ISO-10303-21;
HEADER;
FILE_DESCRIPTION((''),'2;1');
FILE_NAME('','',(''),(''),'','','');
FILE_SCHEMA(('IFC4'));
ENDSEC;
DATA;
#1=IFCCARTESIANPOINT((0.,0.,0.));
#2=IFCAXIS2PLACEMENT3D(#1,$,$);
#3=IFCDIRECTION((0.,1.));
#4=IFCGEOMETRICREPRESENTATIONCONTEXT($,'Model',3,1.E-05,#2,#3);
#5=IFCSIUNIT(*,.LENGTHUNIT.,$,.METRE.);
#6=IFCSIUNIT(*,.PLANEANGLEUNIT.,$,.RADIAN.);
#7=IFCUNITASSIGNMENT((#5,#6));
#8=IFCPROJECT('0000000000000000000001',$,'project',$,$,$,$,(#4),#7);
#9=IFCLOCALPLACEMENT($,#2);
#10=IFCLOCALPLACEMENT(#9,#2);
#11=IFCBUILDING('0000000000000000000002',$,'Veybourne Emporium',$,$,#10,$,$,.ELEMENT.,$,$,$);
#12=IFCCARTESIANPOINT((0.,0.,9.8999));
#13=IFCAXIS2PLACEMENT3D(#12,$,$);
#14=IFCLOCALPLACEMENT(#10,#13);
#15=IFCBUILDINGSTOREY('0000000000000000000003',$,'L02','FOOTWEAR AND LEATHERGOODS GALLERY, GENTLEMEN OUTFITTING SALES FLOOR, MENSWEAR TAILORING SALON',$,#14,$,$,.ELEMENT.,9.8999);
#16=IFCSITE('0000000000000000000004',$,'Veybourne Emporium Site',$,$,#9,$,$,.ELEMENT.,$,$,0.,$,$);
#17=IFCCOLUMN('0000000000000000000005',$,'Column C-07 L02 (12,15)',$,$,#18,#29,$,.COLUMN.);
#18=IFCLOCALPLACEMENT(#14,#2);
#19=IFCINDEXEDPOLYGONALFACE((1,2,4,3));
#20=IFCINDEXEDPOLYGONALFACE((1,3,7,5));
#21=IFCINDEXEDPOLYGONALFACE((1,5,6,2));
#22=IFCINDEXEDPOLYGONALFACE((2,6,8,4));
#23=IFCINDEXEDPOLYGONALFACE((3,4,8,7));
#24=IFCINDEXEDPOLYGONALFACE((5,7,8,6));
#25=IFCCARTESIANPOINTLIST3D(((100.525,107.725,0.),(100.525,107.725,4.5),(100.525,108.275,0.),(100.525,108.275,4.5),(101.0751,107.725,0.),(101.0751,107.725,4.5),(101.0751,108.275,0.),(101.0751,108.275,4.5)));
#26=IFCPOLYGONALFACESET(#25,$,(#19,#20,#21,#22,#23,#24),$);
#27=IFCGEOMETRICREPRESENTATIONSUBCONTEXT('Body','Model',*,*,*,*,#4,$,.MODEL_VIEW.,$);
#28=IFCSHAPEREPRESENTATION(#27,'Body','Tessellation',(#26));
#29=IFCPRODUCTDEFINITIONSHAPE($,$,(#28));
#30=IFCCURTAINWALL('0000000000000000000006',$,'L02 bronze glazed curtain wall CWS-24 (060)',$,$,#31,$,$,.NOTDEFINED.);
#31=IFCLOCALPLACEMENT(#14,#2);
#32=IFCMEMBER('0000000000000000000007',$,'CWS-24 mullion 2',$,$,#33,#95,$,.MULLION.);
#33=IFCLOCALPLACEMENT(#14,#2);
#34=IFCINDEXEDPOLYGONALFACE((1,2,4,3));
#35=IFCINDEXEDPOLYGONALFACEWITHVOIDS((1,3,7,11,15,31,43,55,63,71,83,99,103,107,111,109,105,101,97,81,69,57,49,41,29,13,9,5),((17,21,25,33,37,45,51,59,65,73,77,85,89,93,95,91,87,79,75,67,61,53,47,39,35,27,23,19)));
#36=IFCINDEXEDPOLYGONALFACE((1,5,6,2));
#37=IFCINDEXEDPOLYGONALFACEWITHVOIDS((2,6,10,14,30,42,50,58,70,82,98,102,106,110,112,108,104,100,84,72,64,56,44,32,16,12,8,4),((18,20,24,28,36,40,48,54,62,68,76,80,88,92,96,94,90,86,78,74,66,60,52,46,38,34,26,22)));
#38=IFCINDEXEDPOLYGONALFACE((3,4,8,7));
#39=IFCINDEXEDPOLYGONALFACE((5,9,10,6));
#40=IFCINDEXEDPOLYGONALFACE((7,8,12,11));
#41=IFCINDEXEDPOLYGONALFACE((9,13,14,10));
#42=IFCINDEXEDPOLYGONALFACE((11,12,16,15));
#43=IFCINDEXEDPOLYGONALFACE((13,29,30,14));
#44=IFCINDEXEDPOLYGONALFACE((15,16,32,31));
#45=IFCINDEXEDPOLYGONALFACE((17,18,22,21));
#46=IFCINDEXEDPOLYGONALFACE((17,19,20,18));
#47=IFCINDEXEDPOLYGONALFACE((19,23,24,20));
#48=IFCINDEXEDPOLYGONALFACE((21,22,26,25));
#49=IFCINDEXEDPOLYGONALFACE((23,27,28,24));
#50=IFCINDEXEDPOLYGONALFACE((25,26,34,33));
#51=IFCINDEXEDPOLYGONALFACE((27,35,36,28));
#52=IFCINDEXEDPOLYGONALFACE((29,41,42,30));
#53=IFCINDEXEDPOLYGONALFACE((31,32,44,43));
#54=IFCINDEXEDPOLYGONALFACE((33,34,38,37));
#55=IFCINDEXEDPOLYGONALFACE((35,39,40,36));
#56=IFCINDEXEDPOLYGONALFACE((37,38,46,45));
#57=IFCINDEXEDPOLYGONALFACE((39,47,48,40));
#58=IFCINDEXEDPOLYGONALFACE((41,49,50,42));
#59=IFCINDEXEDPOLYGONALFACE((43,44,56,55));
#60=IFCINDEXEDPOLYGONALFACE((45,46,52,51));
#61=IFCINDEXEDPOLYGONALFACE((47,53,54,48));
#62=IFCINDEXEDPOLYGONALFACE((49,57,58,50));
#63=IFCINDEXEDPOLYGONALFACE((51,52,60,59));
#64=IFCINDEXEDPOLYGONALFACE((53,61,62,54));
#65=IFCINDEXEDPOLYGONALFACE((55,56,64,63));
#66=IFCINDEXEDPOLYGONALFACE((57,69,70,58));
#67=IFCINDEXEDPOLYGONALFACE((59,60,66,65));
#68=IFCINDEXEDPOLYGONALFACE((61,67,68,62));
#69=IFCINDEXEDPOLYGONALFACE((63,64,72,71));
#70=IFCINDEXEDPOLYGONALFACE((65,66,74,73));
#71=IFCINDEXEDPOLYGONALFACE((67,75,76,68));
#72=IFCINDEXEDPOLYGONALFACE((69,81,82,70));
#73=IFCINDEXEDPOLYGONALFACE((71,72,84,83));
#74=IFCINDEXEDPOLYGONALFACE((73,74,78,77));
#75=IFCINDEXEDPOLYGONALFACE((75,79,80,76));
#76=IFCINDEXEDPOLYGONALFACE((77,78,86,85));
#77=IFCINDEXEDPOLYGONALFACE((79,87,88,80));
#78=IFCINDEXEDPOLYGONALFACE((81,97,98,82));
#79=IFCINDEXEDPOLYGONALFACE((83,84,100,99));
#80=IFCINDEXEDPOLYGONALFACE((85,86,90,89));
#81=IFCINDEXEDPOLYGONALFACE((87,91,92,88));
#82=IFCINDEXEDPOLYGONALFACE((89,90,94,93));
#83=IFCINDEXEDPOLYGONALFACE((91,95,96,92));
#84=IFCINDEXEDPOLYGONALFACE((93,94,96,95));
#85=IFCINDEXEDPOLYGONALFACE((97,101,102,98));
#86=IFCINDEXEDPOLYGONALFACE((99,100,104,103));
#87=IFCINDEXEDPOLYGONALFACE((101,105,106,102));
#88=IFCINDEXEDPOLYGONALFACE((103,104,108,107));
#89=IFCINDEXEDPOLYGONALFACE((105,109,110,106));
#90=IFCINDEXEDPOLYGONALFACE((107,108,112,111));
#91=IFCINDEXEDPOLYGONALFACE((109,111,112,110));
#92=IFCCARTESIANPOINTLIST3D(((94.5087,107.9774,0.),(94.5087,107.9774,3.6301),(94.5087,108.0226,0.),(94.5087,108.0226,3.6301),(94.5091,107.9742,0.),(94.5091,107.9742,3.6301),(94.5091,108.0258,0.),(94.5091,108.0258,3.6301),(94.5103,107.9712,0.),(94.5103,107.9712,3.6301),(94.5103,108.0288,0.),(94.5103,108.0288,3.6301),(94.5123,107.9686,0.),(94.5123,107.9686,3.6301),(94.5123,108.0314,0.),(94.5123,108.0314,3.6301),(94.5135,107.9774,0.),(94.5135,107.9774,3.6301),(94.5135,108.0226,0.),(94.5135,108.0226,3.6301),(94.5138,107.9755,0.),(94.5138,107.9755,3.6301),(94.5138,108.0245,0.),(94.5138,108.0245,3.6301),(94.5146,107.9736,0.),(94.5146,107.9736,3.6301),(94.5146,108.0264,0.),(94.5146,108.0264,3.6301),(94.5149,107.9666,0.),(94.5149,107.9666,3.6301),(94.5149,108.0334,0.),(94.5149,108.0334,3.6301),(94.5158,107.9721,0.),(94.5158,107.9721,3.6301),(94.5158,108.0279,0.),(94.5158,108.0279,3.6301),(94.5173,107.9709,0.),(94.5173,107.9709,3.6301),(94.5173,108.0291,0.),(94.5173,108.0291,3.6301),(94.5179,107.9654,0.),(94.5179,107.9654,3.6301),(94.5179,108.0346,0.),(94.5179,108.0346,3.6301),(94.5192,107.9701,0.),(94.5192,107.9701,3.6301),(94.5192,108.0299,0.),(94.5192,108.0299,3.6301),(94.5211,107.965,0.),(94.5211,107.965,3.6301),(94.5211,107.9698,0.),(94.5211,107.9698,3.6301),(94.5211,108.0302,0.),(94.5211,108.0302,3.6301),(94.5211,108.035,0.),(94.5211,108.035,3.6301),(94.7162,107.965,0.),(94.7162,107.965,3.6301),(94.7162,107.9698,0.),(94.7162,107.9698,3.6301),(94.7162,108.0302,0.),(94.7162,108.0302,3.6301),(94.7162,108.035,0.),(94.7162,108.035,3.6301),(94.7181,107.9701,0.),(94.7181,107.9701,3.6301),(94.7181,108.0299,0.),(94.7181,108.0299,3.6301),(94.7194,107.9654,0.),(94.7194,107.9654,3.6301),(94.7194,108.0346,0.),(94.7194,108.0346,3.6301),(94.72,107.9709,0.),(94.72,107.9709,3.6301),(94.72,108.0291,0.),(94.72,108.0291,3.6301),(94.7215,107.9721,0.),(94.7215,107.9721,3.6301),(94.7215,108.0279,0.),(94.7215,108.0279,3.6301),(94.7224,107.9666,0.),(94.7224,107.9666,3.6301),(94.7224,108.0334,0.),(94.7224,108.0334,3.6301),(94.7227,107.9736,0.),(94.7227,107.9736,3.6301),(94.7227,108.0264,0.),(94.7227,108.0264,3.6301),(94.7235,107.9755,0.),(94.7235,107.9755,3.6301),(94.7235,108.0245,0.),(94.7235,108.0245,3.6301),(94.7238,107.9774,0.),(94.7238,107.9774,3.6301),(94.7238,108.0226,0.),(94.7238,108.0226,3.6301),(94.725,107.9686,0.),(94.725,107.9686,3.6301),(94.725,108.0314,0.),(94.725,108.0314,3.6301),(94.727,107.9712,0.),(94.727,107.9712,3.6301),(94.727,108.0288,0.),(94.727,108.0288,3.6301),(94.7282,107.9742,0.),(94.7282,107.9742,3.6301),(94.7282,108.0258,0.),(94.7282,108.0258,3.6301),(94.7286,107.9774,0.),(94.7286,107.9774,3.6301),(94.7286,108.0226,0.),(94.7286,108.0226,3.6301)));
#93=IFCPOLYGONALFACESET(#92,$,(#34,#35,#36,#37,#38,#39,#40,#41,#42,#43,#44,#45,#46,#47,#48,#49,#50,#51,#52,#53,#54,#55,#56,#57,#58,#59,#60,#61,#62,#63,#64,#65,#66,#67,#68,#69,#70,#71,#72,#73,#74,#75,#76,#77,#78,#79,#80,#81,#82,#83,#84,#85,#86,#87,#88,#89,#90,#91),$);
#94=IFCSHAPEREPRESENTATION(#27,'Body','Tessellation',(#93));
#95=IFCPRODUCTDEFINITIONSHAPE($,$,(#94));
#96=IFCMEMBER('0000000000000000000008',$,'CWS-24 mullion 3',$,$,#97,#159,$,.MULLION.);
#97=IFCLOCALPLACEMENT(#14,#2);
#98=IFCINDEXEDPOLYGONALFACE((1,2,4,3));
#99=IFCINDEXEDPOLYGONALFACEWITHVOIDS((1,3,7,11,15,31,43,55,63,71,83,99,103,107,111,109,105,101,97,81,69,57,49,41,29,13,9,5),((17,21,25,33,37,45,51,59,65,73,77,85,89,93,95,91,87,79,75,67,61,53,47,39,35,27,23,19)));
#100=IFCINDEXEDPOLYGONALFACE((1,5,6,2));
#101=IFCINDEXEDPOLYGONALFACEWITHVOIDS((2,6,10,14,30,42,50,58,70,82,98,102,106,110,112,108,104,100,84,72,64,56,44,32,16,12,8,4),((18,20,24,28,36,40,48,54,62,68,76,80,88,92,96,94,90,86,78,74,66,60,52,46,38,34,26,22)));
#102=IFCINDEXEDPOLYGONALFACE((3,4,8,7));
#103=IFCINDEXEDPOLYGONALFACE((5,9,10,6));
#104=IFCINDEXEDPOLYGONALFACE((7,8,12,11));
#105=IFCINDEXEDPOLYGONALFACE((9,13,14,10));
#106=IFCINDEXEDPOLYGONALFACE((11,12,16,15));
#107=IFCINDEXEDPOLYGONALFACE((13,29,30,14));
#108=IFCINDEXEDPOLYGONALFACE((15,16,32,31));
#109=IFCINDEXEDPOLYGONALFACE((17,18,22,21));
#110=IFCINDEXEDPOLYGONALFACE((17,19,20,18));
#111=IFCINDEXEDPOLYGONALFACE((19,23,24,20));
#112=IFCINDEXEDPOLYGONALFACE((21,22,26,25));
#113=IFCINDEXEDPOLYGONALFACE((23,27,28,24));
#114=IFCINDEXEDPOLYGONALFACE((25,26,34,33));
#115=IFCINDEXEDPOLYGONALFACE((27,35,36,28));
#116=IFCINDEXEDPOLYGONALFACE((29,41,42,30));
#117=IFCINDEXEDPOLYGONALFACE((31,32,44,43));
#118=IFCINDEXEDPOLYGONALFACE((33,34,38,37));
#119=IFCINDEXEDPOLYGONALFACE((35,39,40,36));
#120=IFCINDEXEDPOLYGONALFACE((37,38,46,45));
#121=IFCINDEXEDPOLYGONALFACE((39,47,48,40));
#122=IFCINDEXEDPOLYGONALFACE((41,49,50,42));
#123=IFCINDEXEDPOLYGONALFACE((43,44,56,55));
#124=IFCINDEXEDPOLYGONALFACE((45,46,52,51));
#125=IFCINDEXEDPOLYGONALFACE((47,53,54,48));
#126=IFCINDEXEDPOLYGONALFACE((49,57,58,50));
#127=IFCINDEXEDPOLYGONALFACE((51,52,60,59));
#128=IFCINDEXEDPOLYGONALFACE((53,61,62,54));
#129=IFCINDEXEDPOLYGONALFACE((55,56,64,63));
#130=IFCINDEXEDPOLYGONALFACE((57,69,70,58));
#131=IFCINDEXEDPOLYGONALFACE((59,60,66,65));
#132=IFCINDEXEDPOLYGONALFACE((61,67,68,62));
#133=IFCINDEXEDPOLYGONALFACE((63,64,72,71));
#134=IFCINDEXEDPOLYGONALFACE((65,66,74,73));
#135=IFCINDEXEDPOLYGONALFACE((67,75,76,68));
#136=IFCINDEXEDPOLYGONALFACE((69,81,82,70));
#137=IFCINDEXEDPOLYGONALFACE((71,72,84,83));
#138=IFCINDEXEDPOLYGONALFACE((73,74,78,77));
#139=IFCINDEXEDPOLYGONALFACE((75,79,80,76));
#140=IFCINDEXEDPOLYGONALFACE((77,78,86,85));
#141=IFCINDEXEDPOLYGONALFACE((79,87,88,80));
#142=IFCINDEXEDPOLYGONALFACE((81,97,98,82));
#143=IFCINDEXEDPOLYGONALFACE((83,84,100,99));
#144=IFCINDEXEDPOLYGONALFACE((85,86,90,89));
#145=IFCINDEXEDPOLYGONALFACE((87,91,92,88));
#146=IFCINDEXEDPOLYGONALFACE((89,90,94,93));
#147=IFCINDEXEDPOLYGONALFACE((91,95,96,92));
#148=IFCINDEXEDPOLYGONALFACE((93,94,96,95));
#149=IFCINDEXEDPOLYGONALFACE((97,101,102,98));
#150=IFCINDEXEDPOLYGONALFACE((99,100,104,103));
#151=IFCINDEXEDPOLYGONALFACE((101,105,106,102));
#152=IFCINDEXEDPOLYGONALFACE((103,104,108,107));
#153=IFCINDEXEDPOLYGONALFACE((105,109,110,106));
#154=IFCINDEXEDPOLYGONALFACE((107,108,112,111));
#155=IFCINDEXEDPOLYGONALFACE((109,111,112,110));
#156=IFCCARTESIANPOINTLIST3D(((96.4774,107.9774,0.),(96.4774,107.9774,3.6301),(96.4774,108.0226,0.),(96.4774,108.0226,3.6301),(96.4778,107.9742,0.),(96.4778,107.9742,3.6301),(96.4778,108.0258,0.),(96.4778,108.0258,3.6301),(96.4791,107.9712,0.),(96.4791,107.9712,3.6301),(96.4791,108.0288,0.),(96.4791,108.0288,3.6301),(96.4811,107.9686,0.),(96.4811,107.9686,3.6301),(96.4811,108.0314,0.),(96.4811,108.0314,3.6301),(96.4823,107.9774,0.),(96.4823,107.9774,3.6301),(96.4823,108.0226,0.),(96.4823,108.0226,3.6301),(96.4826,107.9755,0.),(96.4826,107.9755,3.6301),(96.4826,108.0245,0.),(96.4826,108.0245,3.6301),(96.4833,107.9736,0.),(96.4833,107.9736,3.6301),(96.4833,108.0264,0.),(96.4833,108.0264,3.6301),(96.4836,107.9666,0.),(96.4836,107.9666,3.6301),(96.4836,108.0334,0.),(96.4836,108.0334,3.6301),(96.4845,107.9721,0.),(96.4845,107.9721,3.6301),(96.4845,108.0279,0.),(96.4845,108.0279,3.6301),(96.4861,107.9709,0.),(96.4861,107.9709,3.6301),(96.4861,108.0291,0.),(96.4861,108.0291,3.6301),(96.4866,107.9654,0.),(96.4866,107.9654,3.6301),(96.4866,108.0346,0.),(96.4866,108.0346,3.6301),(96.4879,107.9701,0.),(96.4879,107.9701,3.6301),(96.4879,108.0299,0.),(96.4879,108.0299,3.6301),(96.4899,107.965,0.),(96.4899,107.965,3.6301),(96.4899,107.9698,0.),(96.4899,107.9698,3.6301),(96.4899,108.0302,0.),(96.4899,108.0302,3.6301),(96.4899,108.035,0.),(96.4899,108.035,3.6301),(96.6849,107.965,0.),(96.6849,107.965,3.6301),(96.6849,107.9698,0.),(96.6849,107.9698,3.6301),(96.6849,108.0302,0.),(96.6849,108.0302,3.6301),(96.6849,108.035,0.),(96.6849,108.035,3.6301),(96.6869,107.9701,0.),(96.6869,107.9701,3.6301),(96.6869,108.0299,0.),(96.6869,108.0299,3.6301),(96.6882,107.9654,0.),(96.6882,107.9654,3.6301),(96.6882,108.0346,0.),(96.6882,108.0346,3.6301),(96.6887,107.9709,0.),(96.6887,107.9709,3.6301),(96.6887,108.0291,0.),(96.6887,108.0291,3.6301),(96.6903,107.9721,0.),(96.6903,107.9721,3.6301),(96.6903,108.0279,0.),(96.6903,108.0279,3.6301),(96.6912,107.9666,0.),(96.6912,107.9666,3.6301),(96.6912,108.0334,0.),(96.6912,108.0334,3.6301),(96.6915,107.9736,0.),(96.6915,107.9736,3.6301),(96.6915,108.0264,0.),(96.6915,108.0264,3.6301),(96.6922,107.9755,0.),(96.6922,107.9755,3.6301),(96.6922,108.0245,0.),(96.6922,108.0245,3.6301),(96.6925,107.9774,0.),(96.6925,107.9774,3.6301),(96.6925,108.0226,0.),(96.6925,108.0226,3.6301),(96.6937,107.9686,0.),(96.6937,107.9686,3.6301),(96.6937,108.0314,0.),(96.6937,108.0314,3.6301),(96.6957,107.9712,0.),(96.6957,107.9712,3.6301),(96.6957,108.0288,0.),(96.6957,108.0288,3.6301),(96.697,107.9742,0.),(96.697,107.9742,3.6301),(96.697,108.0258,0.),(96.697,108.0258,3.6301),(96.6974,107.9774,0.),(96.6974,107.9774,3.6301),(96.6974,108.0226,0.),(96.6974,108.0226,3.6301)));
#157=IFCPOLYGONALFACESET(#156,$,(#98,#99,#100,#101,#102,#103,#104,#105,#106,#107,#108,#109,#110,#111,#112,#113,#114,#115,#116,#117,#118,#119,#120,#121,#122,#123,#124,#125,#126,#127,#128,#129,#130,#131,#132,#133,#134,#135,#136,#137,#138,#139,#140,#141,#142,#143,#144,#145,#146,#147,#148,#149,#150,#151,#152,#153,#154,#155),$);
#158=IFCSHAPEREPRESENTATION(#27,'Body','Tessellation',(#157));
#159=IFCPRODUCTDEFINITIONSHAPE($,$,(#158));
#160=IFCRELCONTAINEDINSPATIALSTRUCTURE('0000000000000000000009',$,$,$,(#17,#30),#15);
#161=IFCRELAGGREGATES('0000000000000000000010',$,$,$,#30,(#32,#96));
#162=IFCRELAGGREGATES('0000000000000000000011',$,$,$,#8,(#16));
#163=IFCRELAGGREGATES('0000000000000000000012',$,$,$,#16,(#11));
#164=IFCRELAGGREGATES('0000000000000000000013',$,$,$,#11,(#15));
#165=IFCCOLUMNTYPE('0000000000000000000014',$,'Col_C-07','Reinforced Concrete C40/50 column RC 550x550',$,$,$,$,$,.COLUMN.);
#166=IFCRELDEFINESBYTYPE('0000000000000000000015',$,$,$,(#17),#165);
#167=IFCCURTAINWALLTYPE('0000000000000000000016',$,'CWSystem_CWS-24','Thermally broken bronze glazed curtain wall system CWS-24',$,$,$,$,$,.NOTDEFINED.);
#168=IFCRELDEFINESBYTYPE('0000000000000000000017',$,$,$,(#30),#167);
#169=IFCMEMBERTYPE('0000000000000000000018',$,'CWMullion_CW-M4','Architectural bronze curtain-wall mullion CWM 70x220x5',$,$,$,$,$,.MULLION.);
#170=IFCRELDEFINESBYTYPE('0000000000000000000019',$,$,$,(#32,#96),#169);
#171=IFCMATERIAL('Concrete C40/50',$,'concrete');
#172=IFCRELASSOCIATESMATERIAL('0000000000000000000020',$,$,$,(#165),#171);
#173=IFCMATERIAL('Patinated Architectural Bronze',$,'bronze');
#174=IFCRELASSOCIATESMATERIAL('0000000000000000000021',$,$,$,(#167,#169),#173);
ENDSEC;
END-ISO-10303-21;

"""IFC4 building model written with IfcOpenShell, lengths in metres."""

from ifc_helpers import new_model, si_unit, direction, frame, origin, origin_2d, place, context, subcontext, project, spatial, rectangle, hollow_rectangle, extrude, material, material_profile, profile_set, type_object, element, aggregate, save


model = new_model("IFC4")

# Units and contexts
model_context = context("Model", 3, precision=1e-05, world=origin(), true_north=direction((0.0, 1.0)))
body_context = subcontext(model_context, "Body", "Model", "MODEL_VIEW")
ifc_project = project(units=[si_unit("LENGTHUNIT", "METRE"), si_unit("PLANEANGLEUNIT", "RADIAN")], contexts=[model_context])

# Site, building, storey
site_placement = place(None, origin())
site = spatial("IfcSite", under=ifc_project, at=site_placement, Name="Veybourne Emporium Site", CompositionType="ELEMENT", RefElevation=0.0)
building_placement = place(site_placement, origin())
building = spatial("IfcBuilding", under=site, at=building_placement, Name="Veybourne Emporium", CompositionType="ELEMENT")
storey_placement = place(building_placement, frame((0.0, 0.0, 9.8999)))
storey = spatial("IfcBuildingStorey", under=building, at=storey_placement, Name="L02", Description="FOOTWEAR AND LEATHERGOODS GALLERY, GENTLEMEN OUTFITTING SALES FLOOR, MENSWEAR TAILORING SALON", CompositionType="ELEMENT", Elevation=9.8999)

# Column
ifc_material_1 = material(Name="Concrete C40/50", Category="concrete")
ifc_material_profile_1 = material_profile(ifc_material_1, rectangle(XDim=0.55, YDim=0.55, at=origin_2d()), Name="RC 550x550")
ifc_profile_set_1 = profile_set([ifc_material_profile_1], Name="Concrete C40/50")
column_type = type_object("IfcColumnType", Name="Col_C-07", Description="Reinforced Concrete C40/50 column RC 550x550", PredefinedType="COLUMN", material=ifc_profile_set_1)
column_placement = place(storey_placement, frame((100.8, 108.0, 0.0), z_axis=(0.0, 0.0, 1.0), x_axis=(1.0, 0.0, 0.0)))
element("IfcColumn", 1, at=column_placement, inside=storey, type_object=column_type, Name="Column C-07 L02 (12,15)", PredefinedType="COLUMN", context=body_context, shape_type="SweptSolid", body=[
    extrude(rectangle(XDim=0.55, YDim=0.55, at=origin_2d()), origin(), (0.0, 0.0, 1.0), 4.5),
])

# Curtain wall, members
ifc_material_2 = material(Name="Patinated Architectural Bronze", Category="bronze")
curtain_wall_type = type_object("IfcCurtainWallType", Name="CWSystem_CWS-24", Description="Thermally broken bronze glazed curtain wall system CWS-24", PredefinedType="NOTDEFINED", material=ifc_material_2)
curtain_wall_placement = place(storey_placement, origin())
curtain_wall = element("IfcCurtainWall", 2, at=curtain_wall_placement, inside=storey, type_object=curtain_wall_type, Name="L02 bronze glazed curtain wall CWS-24 (060)", PredefinedType="NOTDEFINED")
ifc_material_profile_2 = material_profile(ifc_material_2, hollow_rectangle(XDim=0.0701, YDim=0.22, WallThickness=0.0049, InnerFilletRadius=0.0076, OuterFilletRadius=0.0125, at=origin_2d()), Name="CWM 70x220x5")
ifc_profile_set_2 = profile_set([ifc_material_profile_2], Name="Patinated Architectural Bronze")
member_type_1 = type_object("IfcMemberType", Name="CWMullion_CW-M4", Description="Architectural bronze curtain-wall mullion CWM 70x220x5", PredefinedType="MULLION", material=ifc_profile_set_2)
member_1_placement = place(storey_placement, frame((94.6187, 108.0, 0.0), z_axis=(0.0, 0.0, 1.0), x_axis=(0.0, 1.0, 0.0)))
member_1 = element("IfcMember", 3, at=member_1_placement, type_object=member_type_1, Name="CWS-24 mullion 2", PredefinedType="MULLION", context=body_context, shape_type="SweptSolid", body=[
    extrude(hollow_rectangle(XDim=0.0701, YDim=0.22, WallThickness=0.0049, InnerFilletRadius=0.0076, OuterFilletRadius=0.0125, at=origin_2d()), origin(), (0.0, 0.0, 1.0), 3.6301),
])
member_2_placement = place(storey_placement, frame((96.5874, 108.0, 0.0), z_axis=(0.0, 0.0, 1.0), x_axis=(0.0, 1.0, 0.0)))
member_2 = element("IfcMember", 4, at=member_2_placement, type_object=member_type_1, Name="CWS-24 mullion 3", PredefinedType="MULLION", context=body_context, shape_type="SweptSolid", body=[
    extrude(hollow_rectangle(XDim=0.0701, YDim=0.22, WallThickness=0.0049, InnerFilletRadius=0.0076, OuterFilletRadius=0.0125, at=origin_2d()), origin(), (0.0, 0.0, 1.0), 3.6301),
])
aggregate(curtain_wall, [member_1, member_2])

save(model, "model.ifc")
